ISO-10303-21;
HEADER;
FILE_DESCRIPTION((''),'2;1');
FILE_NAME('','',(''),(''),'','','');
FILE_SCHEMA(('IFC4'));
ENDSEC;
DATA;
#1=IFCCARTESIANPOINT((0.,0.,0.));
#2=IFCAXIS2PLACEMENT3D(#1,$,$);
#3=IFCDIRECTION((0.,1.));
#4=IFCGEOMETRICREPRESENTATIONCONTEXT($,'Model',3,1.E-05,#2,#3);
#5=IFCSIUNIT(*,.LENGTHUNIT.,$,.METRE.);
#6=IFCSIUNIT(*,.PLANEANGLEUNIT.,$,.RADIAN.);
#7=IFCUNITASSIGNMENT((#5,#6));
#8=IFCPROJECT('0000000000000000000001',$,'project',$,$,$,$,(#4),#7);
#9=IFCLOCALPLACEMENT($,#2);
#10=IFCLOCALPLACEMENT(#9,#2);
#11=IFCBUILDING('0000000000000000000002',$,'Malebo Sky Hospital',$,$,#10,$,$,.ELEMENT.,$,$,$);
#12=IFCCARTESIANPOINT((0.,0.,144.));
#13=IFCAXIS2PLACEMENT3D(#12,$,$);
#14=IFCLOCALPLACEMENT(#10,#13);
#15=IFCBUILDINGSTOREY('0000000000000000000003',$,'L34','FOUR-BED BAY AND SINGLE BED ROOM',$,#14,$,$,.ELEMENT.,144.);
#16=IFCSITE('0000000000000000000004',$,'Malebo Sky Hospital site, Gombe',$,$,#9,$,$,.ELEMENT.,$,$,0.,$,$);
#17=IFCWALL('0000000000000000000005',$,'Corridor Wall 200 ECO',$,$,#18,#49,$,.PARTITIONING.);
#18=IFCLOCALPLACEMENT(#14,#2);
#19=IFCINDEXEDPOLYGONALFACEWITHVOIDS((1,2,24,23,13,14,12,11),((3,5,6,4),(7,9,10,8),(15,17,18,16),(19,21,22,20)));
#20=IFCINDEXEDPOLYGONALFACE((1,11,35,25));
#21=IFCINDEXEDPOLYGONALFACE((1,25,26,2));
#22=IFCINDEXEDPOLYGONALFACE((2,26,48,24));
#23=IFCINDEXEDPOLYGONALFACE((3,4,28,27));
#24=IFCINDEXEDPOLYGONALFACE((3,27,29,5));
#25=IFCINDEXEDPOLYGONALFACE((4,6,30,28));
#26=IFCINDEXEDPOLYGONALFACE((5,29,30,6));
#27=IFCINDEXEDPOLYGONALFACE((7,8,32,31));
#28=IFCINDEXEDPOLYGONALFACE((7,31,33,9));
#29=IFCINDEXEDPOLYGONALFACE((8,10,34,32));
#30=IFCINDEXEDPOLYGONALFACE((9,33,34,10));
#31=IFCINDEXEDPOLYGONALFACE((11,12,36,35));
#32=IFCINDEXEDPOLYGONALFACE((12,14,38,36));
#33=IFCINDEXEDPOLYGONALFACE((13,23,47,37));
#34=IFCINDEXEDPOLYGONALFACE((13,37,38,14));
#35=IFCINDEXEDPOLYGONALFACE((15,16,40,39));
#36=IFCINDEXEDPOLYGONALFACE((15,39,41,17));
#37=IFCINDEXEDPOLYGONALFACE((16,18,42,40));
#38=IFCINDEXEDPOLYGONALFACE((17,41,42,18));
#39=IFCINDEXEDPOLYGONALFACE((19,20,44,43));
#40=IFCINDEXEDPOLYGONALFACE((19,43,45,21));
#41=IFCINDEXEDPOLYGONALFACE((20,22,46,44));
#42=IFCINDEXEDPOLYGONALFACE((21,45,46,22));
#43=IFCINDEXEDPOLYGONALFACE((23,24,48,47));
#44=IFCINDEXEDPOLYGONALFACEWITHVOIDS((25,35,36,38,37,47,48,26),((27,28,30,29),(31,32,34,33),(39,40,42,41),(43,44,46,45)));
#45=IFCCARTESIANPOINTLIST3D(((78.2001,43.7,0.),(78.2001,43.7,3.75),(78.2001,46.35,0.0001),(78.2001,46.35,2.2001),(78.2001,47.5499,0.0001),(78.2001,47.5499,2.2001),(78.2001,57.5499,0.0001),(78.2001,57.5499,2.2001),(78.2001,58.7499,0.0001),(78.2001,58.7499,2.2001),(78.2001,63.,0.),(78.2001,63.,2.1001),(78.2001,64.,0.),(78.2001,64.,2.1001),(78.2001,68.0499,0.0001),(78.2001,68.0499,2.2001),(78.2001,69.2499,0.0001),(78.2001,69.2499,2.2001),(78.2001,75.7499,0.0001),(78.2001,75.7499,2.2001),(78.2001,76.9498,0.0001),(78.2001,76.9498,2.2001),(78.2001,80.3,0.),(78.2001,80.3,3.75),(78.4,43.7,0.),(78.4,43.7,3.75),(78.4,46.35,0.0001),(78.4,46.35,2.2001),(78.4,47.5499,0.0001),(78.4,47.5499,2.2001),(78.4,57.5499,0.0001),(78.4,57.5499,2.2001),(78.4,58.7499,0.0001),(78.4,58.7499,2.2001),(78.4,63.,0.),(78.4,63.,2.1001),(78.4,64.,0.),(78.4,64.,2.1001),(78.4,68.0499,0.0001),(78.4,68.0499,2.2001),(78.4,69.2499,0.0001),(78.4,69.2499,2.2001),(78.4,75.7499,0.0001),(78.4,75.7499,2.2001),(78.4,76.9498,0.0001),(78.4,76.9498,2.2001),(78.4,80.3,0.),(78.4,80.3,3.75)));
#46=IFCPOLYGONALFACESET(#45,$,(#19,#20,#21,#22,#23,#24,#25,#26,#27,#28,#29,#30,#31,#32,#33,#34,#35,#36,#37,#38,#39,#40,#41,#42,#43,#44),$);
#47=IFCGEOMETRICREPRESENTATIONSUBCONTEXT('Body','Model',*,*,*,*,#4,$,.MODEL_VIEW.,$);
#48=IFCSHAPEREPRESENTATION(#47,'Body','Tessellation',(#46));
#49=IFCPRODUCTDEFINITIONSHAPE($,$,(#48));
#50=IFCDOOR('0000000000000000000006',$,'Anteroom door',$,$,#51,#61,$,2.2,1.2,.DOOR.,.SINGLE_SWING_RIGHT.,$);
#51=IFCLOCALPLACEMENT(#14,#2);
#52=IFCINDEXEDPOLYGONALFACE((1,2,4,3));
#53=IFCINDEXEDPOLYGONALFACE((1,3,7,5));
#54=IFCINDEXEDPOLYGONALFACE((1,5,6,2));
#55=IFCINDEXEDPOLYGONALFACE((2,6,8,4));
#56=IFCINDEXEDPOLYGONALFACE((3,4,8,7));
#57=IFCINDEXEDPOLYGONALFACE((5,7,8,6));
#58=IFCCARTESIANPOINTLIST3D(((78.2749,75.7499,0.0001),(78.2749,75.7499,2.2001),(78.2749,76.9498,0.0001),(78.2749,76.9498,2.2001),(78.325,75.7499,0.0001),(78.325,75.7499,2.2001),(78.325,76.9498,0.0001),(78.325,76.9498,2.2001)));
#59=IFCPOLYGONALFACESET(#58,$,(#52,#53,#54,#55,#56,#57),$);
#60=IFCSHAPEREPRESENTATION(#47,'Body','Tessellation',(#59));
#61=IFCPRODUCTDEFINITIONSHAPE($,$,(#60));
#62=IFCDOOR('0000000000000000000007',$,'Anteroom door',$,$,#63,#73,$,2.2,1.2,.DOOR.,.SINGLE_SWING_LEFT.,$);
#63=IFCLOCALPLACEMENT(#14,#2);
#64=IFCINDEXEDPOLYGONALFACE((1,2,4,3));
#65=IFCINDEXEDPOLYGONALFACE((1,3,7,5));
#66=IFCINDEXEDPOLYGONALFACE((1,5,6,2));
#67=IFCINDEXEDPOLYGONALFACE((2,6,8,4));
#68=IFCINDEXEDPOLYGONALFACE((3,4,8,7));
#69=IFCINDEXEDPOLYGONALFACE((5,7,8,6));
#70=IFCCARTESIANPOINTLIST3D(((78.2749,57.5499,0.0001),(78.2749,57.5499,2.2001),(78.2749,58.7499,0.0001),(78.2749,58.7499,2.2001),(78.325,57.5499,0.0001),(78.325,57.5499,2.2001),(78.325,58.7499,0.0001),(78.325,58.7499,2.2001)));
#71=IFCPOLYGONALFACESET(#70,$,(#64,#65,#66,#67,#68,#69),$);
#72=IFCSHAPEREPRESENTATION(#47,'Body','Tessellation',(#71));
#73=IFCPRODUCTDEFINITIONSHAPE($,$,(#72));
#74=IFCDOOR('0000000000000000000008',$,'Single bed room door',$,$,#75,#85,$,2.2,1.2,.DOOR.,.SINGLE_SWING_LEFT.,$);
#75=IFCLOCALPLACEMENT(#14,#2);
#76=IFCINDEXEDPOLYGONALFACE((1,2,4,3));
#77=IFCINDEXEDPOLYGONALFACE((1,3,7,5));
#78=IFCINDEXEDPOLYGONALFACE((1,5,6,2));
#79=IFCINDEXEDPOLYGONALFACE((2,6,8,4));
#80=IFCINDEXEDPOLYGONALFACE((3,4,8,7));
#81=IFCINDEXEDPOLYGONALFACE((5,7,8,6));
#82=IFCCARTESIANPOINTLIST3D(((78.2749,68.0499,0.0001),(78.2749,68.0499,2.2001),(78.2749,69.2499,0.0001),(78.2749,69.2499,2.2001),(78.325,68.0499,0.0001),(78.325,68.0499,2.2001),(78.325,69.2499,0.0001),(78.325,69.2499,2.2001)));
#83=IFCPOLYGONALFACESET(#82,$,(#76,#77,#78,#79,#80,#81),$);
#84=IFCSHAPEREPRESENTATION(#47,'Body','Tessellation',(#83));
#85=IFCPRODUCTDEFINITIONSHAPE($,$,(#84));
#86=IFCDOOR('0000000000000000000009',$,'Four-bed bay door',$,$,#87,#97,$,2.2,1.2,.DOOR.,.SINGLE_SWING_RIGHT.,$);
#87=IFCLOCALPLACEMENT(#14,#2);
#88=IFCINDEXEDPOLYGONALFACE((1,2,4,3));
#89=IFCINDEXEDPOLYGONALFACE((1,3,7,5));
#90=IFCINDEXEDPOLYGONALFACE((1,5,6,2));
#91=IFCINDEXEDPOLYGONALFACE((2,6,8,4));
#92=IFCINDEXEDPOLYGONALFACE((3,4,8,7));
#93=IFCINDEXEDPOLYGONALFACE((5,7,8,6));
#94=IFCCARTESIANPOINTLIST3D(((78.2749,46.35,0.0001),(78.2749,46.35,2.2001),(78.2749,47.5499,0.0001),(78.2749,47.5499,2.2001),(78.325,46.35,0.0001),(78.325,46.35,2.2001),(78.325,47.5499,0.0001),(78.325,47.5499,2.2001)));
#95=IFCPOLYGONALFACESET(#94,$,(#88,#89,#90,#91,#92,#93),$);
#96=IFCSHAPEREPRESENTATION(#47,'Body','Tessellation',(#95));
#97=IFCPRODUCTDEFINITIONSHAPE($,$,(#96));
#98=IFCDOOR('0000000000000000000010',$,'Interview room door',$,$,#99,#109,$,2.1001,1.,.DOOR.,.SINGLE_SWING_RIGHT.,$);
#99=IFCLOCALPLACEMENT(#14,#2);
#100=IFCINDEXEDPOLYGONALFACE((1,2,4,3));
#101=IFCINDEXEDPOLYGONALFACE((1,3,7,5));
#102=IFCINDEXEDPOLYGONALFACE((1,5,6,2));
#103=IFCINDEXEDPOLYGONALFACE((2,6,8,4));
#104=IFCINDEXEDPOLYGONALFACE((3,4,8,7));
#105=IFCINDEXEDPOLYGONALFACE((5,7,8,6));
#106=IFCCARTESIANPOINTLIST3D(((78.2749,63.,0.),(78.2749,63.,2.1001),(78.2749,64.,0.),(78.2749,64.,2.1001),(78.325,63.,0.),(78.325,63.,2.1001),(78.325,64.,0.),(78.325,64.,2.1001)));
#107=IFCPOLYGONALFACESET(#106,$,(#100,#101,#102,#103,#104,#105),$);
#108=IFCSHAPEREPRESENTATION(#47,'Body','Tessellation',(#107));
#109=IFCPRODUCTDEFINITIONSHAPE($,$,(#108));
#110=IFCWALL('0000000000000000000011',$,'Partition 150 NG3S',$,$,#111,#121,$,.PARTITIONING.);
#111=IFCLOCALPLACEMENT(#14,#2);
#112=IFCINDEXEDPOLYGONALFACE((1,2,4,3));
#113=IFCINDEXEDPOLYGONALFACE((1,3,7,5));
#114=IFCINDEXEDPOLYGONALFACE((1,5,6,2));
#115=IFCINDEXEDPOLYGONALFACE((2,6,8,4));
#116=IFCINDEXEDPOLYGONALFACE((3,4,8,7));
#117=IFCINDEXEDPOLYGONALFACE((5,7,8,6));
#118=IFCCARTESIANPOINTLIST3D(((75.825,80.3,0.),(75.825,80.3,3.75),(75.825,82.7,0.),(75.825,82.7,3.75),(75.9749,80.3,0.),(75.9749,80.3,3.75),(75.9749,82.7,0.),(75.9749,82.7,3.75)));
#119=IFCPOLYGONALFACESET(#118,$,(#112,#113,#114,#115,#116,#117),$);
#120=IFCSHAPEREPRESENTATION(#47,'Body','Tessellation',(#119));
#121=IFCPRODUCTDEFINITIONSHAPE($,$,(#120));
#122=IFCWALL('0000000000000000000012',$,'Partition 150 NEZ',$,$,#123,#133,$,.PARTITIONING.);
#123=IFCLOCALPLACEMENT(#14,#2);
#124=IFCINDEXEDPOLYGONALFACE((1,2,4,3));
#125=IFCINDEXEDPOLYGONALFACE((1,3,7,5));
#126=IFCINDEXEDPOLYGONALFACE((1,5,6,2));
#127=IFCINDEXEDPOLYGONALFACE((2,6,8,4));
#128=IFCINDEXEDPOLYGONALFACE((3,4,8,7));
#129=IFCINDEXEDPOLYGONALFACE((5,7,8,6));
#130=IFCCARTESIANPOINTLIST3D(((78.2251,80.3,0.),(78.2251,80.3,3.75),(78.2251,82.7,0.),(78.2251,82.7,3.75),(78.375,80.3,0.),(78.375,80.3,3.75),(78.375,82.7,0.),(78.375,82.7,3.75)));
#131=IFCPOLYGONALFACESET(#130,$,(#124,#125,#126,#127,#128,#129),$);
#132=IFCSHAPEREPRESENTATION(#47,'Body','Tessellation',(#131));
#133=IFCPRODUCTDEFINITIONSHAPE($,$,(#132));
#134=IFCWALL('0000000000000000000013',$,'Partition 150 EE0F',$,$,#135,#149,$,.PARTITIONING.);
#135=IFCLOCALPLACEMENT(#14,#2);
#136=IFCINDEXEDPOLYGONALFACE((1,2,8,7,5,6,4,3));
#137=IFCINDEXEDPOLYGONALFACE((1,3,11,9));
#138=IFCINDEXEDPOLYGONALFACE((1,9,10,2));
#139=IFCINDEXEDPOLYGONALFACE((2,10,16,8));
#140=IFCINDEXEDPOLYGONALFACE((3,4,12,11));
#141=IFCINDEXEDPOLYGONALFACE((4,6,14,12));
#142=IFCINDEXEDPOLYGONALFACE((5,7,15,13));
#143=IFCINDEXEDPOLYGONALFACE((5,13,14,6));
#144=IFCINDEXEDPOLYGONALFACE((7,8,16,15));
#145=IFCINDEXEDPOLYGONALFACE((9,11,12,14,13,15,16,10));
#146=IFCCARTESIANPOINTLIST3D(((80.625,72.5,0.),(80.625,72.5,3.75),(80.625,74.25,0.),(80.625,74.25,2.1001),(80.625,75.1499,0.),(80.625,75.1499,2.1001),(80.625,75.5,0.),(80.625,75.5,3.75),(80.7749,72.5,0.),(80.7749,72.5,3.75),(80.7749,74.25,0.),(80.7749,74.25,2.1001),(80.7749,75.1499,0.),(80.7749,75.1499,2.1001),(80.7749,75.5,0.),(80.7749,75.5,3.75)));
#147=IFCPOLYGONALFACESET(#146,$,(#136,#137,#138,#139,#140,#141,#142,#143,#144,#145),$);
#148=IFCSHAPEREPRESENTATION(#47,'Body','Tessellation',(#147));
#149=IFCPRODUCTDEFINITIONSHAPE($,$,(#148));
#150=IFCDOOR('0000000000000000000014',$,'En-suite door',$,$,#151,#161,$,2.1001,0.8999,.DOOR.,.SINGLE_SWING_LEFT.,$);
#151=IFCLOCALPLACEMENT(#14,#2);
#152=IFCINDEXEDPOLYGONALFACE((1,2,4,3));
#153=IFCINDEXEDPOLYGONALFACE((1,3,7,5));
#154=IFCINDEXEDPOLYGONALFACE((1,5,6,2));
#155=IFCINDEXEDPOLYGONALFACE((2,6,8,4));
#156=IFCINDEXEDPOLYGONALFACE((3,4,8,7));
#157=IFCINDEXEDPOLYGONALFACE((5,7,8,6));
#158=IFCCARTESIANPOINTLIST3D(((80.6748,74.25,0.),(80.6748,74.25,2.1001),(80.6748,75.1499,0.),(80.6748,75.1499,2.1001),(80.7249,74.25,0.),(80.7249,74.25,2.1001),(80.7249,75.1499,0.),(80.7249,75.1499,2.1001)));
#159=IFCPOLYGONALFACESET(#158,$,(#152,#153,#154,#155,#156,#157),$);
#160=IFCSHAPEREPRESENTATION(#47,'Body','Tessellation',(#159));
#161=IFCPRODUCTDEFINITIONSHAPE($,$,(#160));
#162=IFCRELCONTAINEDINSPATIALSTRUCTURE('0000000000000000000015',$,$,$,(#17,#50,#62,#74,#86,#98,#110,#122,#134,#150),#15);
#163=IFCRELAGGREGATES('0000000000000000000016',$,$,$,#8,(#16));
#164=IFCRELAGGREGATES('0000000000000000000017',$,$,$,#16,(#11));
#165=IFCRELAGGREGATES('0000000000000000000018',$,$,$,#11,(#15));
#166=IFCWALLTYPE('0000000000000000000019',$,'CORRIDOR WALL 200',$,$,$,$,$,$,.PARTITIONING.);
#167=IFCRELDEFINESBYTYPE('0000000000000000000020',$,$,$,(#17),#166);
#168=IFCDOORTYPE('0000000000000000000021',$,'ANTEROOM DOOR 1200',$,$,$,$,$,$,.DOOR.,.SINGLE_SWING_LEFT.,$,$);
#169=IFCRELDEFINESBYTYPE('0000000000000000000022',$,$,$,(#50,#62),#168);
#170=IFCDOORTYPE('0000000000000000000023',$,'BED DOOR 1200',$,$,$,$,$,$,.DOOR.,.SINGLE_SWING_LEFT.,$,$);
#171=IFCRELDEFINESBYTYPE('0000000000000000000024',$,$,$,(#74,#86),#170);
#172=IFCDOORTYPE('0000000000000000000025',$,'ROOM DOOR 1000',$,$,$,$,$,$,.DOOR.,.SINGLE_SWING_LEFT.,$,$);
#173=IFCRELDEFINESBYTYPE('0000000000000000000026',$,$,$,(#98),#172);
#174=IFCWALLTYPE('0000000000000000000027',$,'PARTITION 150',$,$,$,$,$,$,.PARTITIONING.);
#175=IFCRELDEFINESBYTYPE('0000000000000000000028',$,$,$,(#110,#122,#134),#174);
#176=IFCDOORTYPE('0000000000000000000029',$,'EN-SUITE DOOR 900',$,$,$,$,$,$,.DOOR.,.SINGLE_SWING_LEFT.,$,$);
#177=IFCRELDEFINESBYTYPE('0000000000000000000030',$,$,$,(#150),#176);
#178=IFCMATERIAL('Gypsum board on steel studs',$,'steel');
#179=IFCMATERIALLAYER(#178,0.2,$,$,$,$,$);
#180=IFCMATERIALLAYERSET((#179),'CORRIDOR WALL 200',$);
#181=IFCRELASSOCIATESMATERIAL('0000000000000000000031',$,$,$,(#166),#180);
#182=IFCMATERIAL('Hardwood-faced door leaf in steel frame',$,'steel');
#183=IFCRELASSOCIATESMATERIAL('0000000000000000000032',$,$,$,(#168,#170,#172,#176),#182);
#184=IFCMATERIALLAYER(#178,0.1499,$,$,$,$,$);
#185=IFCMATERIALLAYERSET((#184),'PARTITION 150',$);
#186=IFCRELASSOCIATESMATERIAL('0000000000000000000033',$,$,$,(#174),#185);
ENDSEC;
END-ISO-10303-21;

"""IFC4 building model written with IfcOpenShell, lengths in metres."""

from ifc_helpers import new_model, si_unit, direction, frame, frame_2d, origin, place, context, subcontext, project, spatial, rectangle, extrude, material, layer, layer_set, type_object, element, fill, save


model = new_model("IFC4")

# Units and contexts
model_context = context("Model", 3, precision=1e-05, world=origin(), true_north=direction((0.0, 1.0)))
body_context = subcontext(model_context, "Body", "Model", "MODEL_VIEW")
ifc_project = project(units=[si_unit("LENGTHUNIT", "METRE"), si_unit("PLANEANGLEUNIT", "RADIAN")], contexts=[model_context])

# Site, building, storey
site_placement = place(None, origin())
site = spatial("IfcSite", under=ifc_project, at=site_placement, Name="Malebo Sky Hospital site, Gombe", CompositionType="ELEMENT", RefElevation=0.0)
building_placement = place(site_placement, origin())
building = spatial("IfcBuilding", under=site, at=building_placement, Name="Malebo Sky Hospital", CompositionType="ELEMENT")
storey_placement = place(building_placement, frame((0.0, 0.0, 144.0)))
storey = spatial("IfcBuildingStorey", under=building, at=storey_placement, Name="L34", Description="FOUR-BED BAY AND SINGLE BED ROOM", CompositionType="ELEMENT", Elevation=144.0)

# Wall, openings, doors
ifc_material_1 = material(Name="Gypsum board on steel studs", Category="steel")
ifc_layer_1 = layer(ifc_material_1, 0.2)
ifc_layer_set_1 = layer_set([ifc_layer_1], Name="CORRIDOR WALL 200")
wall_type_1 = type_object("IfcWallType", Name="CORRIDOR WALL 200", PredefinedType="PARTITIONING", material=ifc_layer_set_1)
wall_1_placement = place(storey_placement, frame((78.3, 80.3, 0.0), z_axis=(0.0, 0.0, 1.0), x_axis=(0.0, -1.0, 0.0)))
wall_1 = element("IfcWall", 1, at=wall_1_placement, inside=storey, type_object=wall_type_1, Name="Corridor Wall 200 ECO", PredefinedType="PARTITIONING", context=body_context, shape_type="SweptSolid", body=[
    extrude(rectangle(XDim=36.6001, YDim=0.2, at=frame_2d((18.3, 0.0))), origin(), (0.0, 0.0, 1.0), 3.75),
])
opening_1_placement = place(wall_1_placement, frame((3.3501, 0.0, 0.0)))
opening_1 = element("IfcOpeningElement", 2, at=opening_1_placement, cuts=wall_1, PredefinedType="OPENING", context=body_context, shape_type="SweptSolid", body=[
    extrude(rectangle(XDim=1.2, YDim=2.2, at=frame_2d((0.6001, 1.1001))), frame((0.0, 0.1099, 0.0), z_axis=(0.0, -1.0, 0.0), x_axis=(1.0, 0.0, 0.0)), (0.0, 0.0, 1.0), 0.22),
])
opening_2_placement = place(wall_1_placement, frame((11.05, 0.0, 0.0)))
opening_2 = element("IfcOpeningElement", 3, at=opening_2_placement, cuts=wall_1, PredefinedType="OPENING", context=body_context, shape_type="SweptSolid", body=[
    extrude(rectangle(XDim=1.2, YDim=2.2, at=frame_2d((0.6001, 1.1001))), frame((0.0, 0.1099, 0.0), z_axis=(0.0, -1.0, 0.0), x_axis=(1.0, 0.0, 0.0)), (0.0, 0.0, 1.0), 0.22),
])
opening_3_placement = place(wall_1_placement, frame((16.3, 0.0, 0.0)))
opening_3 = element("IfcOpeningElement", 4, at=opening_3_placement, cuts=wall_1, PredefinedType="OPENING", context=body_context, shape_type="SweptSolid", body=[
    extrude(rectangle(XDim=1.0, YDim=2.1001, at=frame_2d((0.5, 1.05))), frame((0.0, 0.1099, 0.0), z_axis=(0.0, -1.0, 0.0), x_axis=(1.0, 0.0, 0.0)), (0.0, 0.0, 1.0), 0.22),
])
opening_4_placement = place(wall_1_placement, frame((21.55, 0.0, 0.0)))
opening_4 = element("IfcOpeningElement", 5, at=opening_4_placement, cuts=wall_1, PredefinedType="OPENING", context=body_context, shape_type="SweptSolid", body=[
    extrude(rectangle(XDim=1.2, YDim=2.2, at=frame_2d((0.6001, 1.1001))), frame((0.0, 0.1099, 0.0), z_axis=(0.0, -1.0, 0.0), x_axis=(1.0, 0.0, 0.0)), (0.0, 0.0, 1.0), 0.22),
])
opening_5_placement = place(wall_1_placement, frame((32.75, 0.0, 0.0)))
opening_5 = element("IfcOpeningElement", 6, at=opening_5_placement, cuts=wall_1, PredefinedType="OPENING", context=body_context, shape_type="SweptSolid", body=[
    extrude(rectangle(XDim=1.2, YDim=2.2, at=frame_2d((0.6001, 1.1001))), frame((0.0, 0.1099, 0.0), z_axis=(0.0, -1.0, 0.0), x_axis=(1.0, 0.0, 0.0)), (0.0, 0.0, 1.0), 0.22),
])
ifc_material_2 = material(Name="Hardwood-faced door leaf in steel frame", Category="steel")
door_type_1 = type_object("IfcDoorType", Name="ANTEROOM DOOR 1200", OperationType="SINGLE_SWING_LEFT", PredefinedType="DOOR", material=ifc_material_2)
door_1_placement = place(opening_1_placement, origin())
door_1 = element("IfcDoor", 7, at=door_1_placement, inside=storey, type_object=door_type_1, Name="Anteroom door", OperationType="SINGLE_SWING_RIGHT", OverallHeight=2.2, OverallWidth=1.2, PredefinedType="DOOR", context=body_context, shape_type="SweptSolid", body=[
    extrude(rectangle(XDim=1.2, YDim=2.2, at=frame_2d((0.6001, 1.1001))), frame((0.0, 0.0249, 0.0), z_axis=(0.0, -1.0, 0.0), x_axis=(1.0, 0.0, 0.0)), (0.0, 0.0, 1.0), 0.05),
])
fill(opening_1, door_1)
door_2_placement = place(opening_4_placement, origin())
door_2 = element("IfcDoor", 8, at=door_2_placement, inside=storey, type_object=door_type_1, Name="Anteroom door", OperationType="SINGLE_SWING_LEFT", OverallHeight=2.2, OverallWidth=1.2, PredefinedType="DOOR", context=body_context, shape_type="SweptSolid", body=[
    extrude(rectangle(XDim=1.2, YDim=2.2, at=frame_2d((0.6001, 1.1001))), frame((0.0, 0.0249, 0.0), z_axis=(0.0, -1.0, 0.0), x_axis=(1.0, 0.0, 0.0)), (0.0, 0.0, 1.0), 0.05),
])
fill(opening_4, door_2)
door_type_2 = type_object("IfcDoorType", Name="BED DOOR 1200", OperationType="SINGLE_SWING_LEFT", PredefinedType="DOOR", material=ifc_material_2)
door_3_placement = place(opening_2_placement, origin())
door_3 = element("IfcDoor", 9, at=door_3_placement, inside=storey, type_object=door_type_2, Name="Single bed room door", OperationType="SINGLE_SWING_LEFT", OverallHeight=2.2, OverallWidth=1.2, PredefinedType="DOOR", context=body_context, shape_type="SweptSolid", body=[
    extrude(rectangle(XDim=1.2, YDim=2.2, at=frame_2d((0.6001, 1.1001))), frame((0.0, 0.0249, 0.0), z_axis=(0.0, -1.0, 0.0), x_axis=(1.0, 0.0, 0.0)), (0.0, 0.0, 1.0), 0.05),
])
fill(opening_2, door_3)
door_4_placement = place(opening_5_placement, origin())
door_4 = element("IfcDoor", 10, at=door_4_placement, inside=storey, type_object=door_type_2, Name="Four-bed bay door", OperationType="SINGLE_SWING_RIGHT", OverallHeight=2.2, OverallWidth=1.2, PredefinedType="DOOR", context=body_context, shape_type="SweptSolid", body=[
    extrude(rectangle(XDim=1.2, YDim=2.2, at=frame_2d((0.6001, 1.1001))), frame((0.0, 0.0249, 0.0), z_axis=(0.0, -1.0, 0.0), x_axis=(1.0, 0.0, 0.0)), (0.0, 0.0, 1.0), 0.05),
])
fill(opening_5, door_4)
door_type_3 = type_object("IfcDoorType", Name="ROOM DOOR 1000", OperationType="SINGLE_SWING_LEFT", PredefinedType="DOOR", material=ifc_material_2)
door_5_placement = place(opening_3_placement, origin())
door_5 = element("IfcDoor", 11, at=door_5_placement, inside=storey, type_object=door_type_3, Name="Interview room door", OperationType="SINGLE_SWING_RIGHT", OverallHeight=2.1001, OverallWidth=1.0, PredefinedType="DOOR", context=body_context, shape_type="SweptSolid", body=[
    extrude(rectangle(XDim=1.0, YDim=2.1001, at=frame_2d((0.5, 1.05))), frame((0.0, 0.0249, 0.0), z_axis=(0.0, -1.0, 0.0), x_axis=(1.0, 0.0, 0.0)), (0.0, 0.0, 1.0), 0.05),
])
fill(opening_3, door_5)

# Walls
ifc_layer_2 = layer(ifc_material_1, 0.1499)
ifc_layer_set_2 = layer_set([ifc_layer_2], Name="PARTITION 150")
wall_type_2 = type_object("IfcWallType", Name="PARTITION 150", PredefinedType="PARTITIONING", material=ifc_layer_set_2)
for number, where, z_axis, x_axis, name in (
    (12, (75.8999, 80.3, 0.0), (0.0, 0.0, 1.0), (0.0, 1.0, 0.0), "Partition 150 NG3S"),
    (13, (78.3, 80.3, 0.0), (0.0, 0.0, 1.0), (0.0, 1.0, 0.0), "Partition 150 NEZ"),
):
    element("IfcWall", number, at=place(storey_placement, frame(where, z_axis=z_axis, x_axis=x_axis)), inside=storey, type_object=wall_type_2, Name=name, PredefinedType="PARTITIONING", context=body_context, shape_type="SweptSolid", body=[
        extrude(rectangle(XDim=2.3999, YDim=0.1499, at=frame_2d((1.2, 0.0))), origin(), (0.0, 0.0, 1.0), 3.75),
    ])

# Wall, opening, door
wall_2_placement = place(storey_placement, frame((80.7, 75.5, 0.0), z_axis=(0.0, 0.0, 1.0), x_axis=(0.0, -1.0, 0.0)))
wall_2 = element("IfcWall", 14, at=wall_2_placement, inside=storey, type_object=wall_type_2, Name="Partition 150 EE0F", PredefinedType="PARTITIONING", context=body_context, shape_type="SweptSolid", body=[
    extrude(rectangle(XDim=3.0, YDim=0.1499, at=frame_2d((1.5, 0.0))), origin(), (0.0, 0.0, 1.0), 3.75),
])
opening_6_placement = place(wall_2_placement, frame((0.3501, 0.0, 0.0)))
opening_6 = element("IfcOpeningElement", 15, at=opening_6_placement, cuts=wall_2, PredefinedType="OPENING", context=body_context, shape_type="SweptSolid", body=[
    extrude(rectangle(XDim=0.8999, YDim=2.1001, at=frame_2d((0.45, 1.05))), frame((0.0, 0.085, 0.0), z_axis=(0.0, -1.0, 0.0), x_axis=(1.0, 0.0, 0.0)), (0.0, 0.0, 1.0), 0.1699),
])
door_type_4 = type_object("IfcDoorType", Name="EN-SUITE DOOR 900", OperationType="SINGLE_SWING_LEFT", PredefinedType="DOOR", material=ifc_material_2)
door_6_placement = place(opening_6_placement, origin())
door_6 = element("IfcDoor", 16, at=door_6_placement, inside=storey, type_object=door_type_4, Name="En-suite door", OperationType="SINGLE_SWING_LEFT", OverallHeight=2.1001, OverallWidth=0.8999, PredefinedType="DOOR", context=body_context, shape_type="SweptSolid", body=[
    extrude(rectangle(XDim=0.8999, YDim=2.1001, at=frame_2d((0.45, 1.05))), frame((0.0, 0.0249, 0.0), z_axis=(0.0, -1.0, 0.0), x_axis=(1.0, 0.0, 0.0)), (0.0, 0.0, 1.0), 0.05),
])
fill(opening_6, door_6)

save(model, "model.ifc")
